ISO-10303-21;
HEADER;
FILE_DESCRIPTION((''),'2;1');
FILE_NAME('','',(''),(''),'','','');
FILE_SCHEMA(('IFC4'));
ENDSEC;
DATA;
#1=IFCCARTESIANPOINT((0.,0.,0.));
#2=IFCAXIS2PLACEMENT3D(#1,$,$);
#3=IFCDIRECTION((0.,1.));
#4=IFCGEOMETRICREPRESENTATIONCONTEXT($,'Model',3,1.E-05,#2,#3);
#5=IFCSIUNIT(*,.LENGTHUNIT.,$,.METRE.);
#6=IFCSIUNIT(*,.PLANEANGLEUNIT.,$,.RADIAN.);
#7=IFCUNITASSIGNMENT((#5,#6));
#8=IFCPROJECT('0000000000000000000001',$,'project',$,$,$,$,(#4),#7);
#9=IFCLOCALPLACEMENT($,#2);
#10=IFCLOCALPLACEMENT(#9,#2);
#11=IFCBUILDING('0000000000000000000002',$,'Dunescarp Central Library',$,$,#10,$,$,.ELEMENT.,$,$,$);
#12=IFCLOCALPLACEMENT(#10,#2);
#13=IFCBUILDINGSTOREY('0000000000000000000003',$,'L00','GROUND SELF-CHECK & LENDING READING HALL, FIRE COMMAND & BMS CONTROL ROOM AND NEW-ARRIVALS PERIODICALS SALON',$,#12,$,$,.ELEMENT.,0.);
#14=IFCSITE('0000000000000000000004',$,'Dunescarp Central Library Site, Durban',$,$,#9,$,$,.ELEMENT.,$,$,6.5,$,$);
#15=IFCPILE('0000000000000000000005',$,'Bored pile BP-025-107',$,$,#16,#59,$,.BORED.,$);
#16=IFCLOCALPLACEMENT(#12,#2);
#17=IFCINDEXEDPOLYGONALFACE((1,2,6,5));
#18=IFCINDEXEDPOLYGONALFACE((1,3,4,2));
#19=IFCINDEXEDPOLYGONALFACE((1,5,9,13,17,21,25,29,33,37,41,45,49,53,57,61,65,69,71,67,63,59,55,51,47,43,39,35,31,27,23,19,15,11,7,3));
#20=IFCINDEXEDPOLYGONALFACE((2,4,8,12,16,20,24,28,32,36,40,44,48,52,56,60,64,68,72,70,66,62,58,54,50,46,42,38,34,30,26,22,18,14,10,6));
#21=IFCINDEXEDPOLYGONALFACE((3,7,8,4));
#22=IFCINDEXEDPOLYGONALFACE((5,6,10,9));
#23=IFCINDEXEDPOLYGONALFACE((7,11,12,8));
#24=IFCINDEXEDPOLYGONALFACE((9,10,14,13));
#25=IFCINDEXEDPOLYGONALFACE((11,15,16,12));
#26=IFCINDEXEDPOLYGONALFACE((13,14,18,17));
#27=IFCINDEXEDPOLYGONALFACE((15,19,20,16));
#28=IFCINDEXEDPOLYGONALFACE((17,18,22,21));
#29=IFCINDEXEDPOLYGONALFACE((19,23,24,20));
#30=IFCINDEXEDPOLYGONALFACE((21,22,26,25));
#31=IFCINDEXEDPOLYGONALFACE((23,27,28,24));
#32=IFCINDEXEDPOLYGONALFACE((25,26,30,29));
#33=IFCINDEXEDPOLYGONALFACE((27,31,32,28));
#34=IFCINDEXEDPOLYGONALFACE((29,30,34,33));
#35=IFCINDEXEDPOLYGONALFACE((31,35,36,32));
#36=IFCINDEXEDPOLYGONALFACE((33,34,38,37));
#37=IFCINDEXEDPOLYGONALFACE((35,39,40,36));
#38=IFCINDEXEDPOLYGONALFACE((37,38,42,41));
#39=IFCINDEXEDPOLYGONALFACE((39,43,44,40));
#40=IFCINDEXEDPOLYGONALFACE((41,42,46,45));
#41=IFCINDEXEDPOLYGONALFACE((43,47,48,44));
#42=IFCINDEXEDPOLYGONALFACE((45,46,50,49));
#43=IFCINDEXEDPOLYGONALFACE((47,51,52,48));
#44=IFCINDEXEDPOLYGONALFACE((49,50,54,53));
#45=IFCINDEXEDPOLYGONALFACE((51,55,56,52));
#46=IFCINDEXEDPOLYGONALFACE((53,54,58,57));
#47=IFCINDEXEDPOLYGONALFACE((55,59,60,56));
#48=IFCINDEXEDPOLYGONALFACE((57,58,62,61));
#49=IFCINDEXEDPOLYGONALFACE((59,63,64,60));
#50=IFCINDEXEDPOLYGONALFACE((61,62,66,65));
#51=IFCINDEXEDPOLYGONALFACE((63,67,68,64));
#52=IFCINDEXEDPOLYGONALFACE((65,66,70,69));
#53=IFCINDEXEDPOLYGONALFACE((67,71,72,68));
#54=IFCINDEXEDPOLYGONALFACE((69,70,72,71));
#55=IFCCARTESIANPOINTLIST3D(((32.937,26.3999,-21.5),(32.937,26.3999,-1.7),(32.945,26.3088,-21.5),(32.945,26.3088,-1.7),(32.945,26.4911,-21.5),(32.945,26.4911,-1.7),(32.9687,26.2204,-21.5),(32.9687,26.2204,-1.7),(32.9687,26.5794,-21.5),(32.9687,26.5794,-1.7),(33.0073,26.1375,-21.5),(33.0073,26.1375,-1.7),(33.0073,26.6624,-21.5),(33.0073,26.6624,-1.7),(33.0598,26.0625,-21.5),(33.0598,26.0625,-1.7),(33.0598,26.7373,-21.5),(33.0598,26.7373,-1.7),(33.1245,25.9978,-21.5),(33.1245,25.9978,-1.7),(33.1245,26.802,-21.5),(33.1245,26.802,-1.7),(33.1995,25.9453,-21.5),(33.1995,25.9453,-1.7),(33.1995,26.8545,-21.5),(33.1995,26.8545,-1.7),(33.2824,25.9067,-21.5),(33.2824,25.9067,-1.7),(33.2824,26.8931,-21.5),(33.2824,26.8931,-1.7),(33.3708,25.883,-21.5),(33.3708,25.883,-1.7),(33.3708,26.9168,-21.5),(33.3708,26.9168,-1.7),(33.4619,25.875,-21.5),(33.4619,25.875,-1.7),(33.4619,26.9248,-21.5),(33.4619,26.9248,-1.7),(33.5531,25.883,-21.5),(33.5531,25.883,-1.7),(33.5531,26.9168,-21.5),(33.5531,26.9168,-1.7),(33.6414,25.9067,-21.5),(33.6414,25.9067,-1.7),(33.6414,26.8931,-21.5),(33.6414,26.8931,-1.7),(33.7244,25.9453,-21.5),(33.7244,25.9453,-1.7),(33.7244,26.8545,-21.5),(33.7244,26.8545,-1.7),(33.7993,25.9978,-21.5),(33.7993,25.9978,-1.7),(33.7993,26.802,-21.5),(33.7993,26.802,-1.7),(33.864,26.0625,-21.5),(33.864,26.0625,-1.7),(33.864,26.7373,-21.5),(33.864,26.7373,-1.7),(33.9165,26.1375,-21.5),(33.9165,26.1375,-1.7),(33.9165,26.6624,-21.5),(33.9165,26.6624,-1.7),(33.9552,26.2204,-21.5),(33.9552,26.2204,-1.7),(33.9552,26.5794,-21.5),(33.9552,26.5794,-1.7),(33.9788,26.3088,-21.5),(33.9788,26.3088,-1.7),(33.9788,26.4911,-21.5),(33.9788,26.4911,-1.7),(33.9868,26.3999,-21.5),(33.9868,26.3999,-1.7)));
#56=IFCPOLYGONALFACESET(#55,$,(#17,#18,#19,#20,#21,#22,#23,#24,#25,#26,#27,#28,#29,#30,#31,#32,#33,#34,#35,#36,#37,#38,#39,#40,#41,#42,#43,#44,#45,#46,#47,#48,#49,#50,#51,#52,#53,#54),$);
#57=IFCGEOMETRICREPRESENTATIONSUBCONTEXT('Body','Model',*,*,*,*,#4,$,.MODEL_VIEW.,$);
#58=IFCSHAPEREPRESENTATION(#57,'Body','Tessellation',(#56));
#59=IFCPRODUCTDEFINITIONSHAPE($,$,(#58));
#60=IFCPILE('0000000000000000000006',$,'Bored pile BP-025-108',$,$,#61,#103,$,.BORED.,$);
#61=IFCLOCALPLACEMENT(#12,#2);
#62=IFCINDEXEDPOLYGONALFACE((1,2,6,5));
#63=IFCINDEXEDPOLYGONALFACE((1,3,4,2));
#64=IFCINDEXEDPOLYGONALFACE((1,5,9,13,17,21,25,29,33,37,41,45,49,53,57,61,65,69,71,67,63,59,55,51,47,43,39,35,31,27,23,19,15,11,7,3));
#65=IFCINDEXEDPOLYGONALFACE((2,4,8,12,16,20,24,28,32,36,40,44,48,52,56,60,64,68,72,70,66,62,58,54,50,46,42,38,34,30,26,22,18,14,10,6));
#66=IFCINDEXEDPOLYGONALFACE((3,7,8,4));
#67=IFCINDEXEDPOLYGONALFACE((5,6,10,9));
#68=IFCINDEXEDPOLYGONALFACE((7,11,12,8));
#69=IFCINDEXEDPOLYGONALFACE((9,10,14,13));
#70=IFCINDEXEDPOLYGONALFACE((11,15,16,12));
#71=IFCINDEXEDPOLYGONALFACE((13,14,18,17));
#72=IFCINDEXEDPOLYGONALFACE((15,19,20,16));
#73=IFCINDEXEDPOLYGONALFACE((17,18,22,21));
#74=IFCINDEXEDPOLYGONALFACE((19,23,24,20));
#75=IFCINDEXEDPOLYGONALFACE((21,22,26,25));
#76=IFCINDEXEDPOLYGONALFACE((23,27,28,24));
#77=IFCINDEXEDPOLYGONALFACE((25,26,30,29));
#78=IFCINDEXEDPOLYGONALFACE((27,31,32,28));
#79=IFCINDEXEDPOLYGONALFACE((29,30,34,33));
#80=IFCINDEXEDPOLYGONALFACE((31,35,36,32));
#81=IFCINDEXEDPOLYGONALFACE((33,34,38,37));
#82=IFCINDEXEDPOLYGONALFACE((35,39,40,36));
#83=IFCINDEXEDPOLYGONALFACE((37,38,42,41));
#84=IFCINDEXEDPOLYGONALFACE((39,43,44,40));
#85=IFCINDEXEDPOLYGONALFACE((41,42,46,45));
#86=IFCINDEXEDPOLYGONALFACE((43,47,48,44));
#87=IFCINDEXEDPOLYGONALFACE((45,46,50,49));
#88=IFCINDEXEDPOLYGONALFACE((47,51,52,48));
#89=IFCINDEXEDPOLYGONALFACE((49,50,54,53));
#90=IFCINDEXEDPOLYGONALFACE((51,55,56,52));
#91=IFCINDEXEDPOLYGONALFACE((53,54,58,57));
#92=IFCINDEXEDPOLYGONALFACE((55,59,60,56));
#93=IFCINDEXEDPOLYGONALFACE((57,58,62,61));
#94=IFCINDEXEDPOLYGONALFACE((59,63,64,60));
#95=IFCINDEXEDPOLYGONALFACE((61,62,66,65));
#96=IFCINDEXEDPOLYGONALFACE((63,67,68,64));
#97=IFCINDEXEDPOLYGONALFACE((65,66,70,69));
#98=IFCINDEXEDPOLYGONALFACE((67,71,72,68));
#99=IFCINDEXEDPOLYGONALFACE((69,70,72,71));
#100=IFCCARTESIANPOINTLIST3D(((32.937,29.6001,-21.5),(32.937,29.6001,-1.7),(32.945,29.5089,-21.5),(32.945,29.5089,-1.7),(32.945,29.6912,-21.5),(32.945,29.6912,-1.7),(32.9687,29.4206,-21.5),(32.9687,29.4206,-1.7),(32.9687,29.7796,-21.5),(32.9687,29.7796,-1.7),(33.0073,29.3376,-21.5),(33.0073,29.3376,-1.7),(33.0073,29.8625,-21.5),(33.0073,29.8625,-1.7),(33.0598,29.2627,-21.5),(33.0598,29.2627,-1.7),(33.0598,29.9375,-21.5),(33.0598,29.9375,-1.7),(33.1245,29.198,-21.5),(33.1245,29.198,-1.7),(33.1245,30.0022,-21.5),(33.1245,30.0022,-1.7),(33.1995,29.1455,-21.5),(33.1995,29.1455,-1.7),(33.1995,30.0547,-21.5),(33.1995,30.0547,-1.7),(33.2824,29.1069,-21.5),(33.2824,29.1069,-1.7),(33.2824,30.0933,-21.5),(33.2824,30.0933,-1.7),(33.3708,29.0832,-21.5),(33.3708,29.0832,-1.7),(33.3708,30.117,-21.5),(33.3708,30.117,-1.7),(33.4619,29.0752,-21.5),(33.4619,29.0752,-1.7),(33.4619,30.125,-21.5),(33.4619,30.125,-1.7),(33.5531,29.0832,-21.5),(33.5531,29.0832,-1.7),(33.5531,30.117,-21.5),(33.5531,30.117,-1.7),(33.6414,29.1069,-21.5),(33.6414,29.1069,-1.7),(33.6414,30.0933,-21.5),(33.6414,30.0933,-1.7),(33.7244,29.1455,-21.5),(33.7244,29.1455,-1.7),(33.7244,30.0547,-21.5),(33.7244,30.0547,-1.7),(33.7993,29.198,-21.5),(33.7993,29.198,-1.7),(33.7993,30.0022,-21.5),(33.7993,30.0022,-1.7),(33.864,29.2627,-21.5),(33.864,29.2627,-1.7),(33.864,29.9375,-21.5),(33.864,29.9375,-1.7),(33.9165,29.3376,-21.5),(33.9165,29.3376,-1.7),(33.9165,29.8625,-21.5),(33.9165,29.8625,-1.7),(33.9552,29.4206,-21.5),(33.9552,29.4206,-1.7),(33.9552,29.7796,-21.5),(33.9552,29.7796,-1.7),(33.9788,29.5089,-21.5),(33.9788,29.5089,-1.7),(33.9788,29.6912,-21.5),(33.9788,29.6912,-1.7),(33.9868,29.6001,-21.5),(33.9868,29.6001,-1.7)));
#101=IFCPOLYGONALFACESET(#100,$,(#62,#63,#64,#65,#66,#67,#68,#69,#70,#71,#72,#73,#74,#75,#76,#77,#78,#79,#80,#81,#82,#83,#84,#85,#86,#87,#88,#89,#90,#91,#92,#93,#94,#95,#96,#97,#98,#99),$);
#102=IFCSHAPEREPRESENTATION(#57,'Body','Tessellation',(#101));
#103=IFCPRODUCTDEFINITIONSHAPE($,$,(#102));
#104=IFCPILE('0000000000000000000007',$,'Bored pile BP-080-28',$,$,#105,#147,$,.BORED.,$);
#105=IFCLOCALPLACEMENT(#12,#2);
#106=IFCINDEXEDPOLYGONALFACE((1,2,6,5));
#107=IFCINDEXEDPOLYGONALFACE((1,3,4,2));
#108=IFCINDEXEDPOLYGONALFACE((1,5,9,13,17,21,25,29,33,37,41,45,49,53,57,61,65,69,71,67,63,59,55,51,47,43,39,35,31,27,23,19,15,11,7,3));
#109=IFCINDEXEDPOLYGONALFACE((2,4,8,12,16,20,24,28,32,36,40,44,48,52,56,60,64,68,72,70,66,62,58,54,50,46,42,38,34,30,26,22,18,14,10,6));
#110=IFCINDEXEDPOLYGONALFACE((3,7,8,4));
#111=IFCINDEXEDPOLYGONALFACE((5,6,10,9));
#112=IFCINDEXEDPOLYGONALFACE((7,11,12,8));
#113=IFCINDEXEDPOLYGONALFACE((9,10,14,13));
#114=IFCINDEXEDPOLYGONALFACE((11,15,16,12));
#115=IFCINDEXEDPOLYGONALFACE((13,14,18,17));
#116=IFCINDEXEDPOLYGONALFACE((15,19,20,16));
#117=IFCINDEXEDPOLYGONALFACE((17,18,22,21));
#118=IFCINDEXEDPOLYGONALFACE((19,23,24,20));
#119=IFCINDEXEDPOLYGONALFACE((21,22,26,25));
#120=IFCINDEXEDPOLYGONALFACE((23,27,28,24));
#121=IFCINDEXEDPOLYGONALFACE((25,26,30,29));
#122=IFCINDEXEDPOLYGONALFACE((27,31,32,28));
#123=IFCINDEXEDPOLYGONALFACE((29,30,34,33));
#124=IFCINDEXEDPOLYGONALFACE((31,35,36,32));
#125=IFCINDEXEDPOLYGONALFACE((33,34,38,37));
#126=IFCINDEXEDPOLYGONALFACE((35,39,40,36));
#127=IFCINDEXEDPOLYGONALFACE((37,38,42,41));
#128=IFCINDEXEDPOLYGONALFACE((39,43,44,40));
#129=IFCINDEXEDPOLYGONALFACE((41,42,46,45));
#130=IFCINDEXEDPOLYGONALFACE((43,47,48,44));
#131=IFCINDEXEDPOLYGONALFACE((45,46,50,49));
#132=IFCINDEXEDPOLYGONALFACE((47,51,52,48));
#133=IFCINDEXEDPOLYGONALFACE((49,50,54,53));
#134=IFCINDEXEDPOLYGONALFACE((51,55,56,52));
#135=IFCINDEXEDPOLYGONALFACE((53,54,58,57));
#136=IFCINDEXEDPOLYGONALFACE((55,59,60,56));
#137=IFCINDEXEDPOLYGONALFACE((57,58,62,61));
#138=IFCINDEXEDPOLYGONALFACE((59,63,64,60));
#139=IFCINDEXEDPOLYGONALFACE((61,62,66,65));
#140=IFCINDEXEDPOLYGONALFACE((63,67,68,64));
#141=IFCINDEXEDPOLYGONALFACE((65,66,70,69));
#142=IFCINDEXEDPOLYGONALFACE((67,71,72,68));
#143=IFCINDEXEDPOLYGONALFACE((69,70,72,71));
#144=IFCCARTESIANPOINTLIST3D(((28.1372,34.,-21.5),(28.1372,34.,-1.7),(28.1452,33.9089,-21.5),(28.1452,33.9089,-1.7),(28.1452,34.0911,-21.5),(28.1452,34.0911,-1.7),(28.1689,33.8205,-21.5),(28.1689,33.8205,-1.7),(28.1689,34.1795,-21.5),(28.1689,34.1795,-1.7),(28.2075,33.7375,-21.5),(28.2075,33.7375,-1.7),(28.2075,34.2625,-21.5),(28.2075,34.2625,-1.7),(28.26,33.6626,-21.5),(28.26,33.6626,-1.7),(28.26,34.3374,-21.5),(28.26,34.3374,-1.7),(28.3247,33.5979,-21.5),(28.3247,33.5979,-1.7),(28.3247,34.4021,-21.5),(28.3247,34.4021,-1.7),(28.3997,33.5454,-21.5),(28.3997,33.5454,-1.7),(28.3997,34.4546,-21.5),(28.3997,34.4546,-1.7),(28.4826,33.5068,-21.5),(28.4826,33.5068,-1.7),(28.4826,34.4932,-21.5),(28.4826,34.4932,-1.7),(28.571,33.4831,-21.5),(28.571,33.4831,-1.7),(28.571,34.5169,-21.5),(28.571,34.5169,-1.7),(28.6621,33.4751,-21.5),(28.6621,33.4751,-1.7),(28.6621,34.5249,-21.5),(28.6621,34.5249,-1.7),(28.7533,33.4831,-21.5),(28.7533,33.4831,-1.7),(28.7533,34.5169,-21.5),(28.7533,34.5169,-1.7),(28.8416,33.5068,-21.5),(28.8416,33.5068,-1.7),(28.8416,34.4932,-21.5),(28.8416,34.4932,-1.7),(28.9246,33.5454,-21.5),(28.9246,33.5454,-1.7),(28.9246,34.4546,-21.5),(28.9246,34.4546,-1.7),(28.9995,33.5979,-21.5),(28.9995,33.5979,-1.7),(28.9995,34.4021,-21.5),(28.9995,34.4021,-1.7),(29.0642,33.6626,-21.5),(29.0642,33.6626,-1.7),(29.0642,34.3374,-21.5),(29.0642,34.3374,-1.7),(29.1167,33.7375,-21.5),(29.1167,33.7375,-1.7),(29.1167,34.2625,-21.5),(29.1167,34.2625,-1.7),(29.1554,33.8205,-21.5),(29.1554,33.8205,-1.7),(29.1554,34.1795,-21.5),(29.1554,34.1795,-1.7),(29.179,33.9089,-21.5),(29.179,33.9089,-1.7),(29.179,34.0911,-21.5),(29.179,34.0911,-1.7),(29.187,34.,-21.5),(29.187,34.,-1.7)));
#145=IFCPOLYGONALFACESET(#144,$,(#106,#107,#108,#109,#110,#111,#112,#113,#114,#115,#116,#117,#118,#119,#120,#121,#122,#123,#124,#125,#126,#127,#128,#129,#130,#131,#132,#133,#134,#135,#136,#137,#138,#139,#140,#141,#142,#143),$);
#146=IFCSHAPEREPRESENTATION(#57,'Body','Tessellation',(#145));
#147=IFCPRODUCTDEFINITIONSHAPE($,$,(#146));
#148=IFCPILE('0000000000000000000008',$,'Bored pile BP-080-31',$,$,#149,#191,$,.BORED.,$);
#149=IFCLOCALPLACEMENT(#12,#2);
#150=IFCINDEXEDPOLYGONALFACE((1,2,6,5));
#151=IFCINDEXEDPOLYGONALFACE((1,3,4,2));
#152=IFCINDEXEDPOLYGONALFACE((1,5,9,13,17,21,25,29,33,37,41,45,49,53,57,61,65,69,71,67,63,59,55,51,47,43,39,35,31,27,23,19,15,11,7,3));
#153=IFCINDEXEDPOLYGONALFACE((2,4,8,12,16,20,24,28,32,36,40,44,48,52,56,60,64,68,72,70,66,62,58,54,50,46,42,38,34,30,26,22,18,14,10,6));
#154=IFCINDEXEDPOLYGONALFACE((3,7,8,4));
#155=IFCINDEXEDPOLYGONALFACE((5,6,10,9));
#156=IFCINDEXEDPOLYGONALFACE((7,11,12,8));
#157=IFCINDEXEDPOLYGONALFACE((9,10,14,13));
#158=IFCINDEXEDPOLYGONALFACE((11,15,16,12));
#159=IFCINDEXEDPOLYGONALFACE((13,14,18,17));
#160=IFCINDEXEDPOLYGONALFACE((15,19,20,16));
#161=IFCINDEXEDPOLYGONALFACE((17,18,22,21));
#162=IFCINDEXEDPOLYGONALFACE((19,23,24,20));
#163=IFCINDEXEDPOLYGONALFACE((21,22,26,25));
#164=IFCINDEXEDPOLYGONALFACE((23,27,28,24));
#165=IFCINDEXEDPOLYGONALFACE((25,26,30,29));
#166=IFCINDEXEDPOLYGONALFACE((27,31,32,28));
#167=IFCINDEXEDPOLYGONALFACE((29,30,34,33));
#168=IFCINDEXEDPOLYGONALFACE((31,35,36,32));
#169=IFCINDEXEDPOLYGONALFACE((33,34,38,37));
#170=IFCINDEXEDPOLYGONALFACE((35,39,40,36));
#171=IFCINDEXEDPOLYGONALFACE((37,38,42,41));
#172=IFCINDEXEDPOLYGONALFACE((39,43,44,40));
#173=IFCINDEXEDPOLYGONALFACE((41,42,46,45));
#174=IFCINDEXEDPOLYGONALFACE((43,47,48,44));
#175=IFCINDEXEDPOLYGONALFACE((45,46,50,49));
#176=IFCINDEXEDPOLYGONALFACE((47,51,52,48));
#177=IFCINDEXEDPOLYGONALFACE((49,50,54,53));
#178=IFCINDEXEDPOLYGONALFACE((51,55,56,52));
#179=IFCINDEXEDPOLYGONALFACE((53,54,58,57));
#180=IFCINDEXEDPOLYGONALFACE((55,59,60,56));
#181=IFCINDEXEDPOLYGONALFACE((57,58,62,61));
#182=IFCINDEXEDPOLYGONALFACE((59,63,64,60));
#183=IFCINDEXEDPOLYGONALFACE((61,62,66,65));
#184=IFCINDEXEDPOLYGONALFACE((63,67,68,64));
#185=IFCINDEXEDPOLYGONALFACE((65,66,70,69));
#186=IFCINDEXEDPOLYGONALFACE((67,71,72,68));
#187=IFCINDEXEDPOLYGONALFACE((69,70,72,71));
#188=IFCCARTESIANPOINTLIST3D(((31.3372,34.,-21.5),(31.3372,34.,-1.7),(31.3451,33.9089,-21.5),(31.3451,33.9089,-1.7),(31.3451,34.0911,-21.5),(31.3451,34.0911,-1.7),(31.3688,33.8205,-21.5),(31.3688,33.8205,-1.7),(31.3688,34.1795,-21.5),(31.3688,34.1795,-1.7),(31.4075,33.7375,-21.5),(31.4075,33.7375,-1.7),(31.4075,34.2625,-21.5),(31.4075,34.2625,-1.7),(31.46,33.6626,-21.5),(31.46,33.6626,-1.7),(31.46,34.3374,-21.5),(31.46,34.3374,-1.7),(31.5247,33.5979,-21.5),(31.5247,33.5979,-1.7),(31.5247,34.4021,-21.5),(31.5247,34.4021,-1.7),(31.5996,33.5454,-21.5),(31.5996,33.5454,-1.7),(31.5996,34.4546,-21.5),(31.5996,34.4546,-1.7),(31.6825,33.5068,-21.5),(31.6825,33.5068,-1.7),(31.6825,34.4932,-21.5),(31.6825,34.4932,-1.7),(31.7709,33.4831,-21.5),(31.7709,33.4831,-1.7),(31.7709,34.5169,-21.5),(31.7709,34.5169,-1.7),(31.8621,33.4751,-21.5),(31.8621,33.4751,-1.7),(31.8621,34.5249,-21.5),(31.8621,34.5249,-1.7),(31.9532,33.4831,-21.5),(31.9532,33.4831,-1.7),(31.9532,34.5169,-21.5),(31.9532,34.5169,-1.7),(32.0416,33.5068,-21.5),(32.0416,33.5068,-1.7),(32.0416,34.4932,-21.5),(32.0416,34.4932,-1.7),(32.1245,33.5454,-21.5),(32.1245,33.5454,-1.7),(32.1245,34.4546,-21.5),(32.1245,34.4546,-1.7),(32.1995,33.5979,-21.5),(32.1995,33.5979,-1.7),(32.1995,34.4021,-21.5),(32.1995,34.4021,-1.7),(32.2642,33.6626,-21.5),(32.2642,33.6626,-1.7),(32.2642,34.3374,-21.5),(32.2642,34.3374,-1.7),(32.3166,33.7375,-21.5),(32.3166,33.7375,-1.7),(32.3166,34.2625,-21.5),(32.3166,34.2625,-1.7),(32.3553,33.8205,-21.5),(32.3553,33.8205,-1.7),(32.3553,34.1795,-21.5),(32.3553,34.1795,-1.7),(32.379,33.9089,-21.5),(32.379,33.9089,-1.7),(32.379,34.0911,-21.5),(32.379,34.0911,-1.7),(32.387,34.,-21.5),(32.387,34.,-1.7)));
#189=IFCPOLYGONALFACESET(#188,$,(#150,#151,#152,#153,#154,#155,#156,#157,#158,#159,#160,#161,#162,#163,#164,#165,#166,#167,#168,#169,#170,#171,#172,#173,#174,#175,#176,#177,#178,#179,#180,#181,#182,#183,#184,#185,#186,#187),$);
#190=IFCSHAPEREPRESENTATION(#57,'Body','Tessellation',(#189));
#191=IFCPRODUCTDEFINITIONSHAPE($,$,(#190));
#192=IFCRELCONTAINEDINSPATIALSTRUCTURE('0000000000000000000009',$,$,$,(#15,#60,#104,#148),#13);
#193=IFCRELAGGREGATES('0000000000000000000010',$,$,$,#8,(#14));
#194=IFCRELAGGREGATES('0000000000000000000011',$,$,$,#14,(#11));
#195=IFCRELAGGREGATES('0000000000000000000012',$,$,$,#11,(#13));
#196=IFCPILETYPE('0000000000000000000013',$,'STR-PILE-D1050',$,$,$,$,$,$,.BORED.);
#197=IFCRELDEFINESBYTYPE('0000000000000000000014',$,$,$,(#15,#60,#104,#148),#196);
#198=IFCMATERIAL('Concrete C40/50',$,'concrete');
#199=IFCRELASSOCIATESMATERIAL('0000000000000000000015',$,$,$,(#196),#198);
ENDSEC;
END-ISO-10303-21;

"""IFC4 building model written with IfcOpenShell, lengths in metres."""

from ifc_helpers import new_model, si_unit, direction, frame, origin, origin_2d, place, context, subcontext, project, spatial, circle, extrude, material, material_profile, profile_set, type_object, element, save


model = new_model("IFC4")

# Units and contexts
model_context = context("Model", 3, precision=1e-05, world=origin(), true_north=direction((0.0, 1.0)))
body_context = subcontext(model_context, "Body", "Model", "MODEL_VIEW")
ifc_project = project(units=[si_unit("LENGTHUNIT", "METRE"), si_unit("PLANEANGLEUNIT", "RADIAN")], contexts=[model_context])

# Site, building, storey
site_placement = place(None, origin())
site = spatial("IfcSite", under=ifc_project, at=site_placement, Name="Dunescarp Central Library Site, Durban", CompositionType="ELEMENT", RefElevation=6.5)
building_placement = place(site_placement, origin())
building = spatial("IfcBuilding", under=site, at=building_placement, Name="Dunescarp Central Library", CompositionType="ELEMENT")
storey_placement = place(building_placement, origin())
storey = spatial("IfcBuildingStorey", under=building, at=storey_placement, Name="L00", Description="GROUND SELF-CHECK & LENDING READING HALL, FIRE COMMAND & BMS CONTROL ROOM AND NEW-ARRIVALS PERIODICALS SALON", CompositionType="ELEMENT", Elevation=0.0)

# Piles
ifc_material_1 = material(Name="Concrete C40/50", Category="concrete")
ifc_material_profile_1 = material_profile(ifc_material_1, circle(Radius=0.5249, at=origin_2d()), Name="PILE D1050")
ifc_profile_set_1 = profile_set([ifc_material_profile_1], Name="Concrete C40/50")
pile_type = type_object("IfcPileType", Name="STR-PILE-D1050", PredefinedType="BORED", material=ifc_profile_set_1)
for number, where, z_axis, x_axis, name in (
    (1, (33.4619, 26.3999, -1.7), (0.0, 0.0, -1.0), (1.0, 0.0, 0.0), "Bored pile BP-025-107"),
    (2, (33.4619, 29.6001, -1.7), (0.0, 0.0, -1.0), (1.0, 0.0, 0.0), "Bored pile BP-025-108"),
    (3, (28.6621, 34.0, -1.7), (0.0, 0.0, -1.0), (1.0, 0.0, 0.0), "Bored pile BP-080-28"),
    (4, (31.8621, 34.0, -1.7), (0.0, 0.0, -1.0), (1.0, 0.0, 0.0), "Bored pile BP-080-31"),
):
    element("IfcPile", number, at=place(storey_placement, frame(where, z_axis=z_axis, x_axis=x_axis)), inside=storey, type_object=pile_type, Name=name, PredefinedType="BORED", context=body_context, shape_type="SweptSolid", body=[
        extrude(circle(Radius=0.5249, at=origin_2d()), origin(), (0.0, 0.0, 1.0), 19.8),
    ])

save(model, "model.ifc")
